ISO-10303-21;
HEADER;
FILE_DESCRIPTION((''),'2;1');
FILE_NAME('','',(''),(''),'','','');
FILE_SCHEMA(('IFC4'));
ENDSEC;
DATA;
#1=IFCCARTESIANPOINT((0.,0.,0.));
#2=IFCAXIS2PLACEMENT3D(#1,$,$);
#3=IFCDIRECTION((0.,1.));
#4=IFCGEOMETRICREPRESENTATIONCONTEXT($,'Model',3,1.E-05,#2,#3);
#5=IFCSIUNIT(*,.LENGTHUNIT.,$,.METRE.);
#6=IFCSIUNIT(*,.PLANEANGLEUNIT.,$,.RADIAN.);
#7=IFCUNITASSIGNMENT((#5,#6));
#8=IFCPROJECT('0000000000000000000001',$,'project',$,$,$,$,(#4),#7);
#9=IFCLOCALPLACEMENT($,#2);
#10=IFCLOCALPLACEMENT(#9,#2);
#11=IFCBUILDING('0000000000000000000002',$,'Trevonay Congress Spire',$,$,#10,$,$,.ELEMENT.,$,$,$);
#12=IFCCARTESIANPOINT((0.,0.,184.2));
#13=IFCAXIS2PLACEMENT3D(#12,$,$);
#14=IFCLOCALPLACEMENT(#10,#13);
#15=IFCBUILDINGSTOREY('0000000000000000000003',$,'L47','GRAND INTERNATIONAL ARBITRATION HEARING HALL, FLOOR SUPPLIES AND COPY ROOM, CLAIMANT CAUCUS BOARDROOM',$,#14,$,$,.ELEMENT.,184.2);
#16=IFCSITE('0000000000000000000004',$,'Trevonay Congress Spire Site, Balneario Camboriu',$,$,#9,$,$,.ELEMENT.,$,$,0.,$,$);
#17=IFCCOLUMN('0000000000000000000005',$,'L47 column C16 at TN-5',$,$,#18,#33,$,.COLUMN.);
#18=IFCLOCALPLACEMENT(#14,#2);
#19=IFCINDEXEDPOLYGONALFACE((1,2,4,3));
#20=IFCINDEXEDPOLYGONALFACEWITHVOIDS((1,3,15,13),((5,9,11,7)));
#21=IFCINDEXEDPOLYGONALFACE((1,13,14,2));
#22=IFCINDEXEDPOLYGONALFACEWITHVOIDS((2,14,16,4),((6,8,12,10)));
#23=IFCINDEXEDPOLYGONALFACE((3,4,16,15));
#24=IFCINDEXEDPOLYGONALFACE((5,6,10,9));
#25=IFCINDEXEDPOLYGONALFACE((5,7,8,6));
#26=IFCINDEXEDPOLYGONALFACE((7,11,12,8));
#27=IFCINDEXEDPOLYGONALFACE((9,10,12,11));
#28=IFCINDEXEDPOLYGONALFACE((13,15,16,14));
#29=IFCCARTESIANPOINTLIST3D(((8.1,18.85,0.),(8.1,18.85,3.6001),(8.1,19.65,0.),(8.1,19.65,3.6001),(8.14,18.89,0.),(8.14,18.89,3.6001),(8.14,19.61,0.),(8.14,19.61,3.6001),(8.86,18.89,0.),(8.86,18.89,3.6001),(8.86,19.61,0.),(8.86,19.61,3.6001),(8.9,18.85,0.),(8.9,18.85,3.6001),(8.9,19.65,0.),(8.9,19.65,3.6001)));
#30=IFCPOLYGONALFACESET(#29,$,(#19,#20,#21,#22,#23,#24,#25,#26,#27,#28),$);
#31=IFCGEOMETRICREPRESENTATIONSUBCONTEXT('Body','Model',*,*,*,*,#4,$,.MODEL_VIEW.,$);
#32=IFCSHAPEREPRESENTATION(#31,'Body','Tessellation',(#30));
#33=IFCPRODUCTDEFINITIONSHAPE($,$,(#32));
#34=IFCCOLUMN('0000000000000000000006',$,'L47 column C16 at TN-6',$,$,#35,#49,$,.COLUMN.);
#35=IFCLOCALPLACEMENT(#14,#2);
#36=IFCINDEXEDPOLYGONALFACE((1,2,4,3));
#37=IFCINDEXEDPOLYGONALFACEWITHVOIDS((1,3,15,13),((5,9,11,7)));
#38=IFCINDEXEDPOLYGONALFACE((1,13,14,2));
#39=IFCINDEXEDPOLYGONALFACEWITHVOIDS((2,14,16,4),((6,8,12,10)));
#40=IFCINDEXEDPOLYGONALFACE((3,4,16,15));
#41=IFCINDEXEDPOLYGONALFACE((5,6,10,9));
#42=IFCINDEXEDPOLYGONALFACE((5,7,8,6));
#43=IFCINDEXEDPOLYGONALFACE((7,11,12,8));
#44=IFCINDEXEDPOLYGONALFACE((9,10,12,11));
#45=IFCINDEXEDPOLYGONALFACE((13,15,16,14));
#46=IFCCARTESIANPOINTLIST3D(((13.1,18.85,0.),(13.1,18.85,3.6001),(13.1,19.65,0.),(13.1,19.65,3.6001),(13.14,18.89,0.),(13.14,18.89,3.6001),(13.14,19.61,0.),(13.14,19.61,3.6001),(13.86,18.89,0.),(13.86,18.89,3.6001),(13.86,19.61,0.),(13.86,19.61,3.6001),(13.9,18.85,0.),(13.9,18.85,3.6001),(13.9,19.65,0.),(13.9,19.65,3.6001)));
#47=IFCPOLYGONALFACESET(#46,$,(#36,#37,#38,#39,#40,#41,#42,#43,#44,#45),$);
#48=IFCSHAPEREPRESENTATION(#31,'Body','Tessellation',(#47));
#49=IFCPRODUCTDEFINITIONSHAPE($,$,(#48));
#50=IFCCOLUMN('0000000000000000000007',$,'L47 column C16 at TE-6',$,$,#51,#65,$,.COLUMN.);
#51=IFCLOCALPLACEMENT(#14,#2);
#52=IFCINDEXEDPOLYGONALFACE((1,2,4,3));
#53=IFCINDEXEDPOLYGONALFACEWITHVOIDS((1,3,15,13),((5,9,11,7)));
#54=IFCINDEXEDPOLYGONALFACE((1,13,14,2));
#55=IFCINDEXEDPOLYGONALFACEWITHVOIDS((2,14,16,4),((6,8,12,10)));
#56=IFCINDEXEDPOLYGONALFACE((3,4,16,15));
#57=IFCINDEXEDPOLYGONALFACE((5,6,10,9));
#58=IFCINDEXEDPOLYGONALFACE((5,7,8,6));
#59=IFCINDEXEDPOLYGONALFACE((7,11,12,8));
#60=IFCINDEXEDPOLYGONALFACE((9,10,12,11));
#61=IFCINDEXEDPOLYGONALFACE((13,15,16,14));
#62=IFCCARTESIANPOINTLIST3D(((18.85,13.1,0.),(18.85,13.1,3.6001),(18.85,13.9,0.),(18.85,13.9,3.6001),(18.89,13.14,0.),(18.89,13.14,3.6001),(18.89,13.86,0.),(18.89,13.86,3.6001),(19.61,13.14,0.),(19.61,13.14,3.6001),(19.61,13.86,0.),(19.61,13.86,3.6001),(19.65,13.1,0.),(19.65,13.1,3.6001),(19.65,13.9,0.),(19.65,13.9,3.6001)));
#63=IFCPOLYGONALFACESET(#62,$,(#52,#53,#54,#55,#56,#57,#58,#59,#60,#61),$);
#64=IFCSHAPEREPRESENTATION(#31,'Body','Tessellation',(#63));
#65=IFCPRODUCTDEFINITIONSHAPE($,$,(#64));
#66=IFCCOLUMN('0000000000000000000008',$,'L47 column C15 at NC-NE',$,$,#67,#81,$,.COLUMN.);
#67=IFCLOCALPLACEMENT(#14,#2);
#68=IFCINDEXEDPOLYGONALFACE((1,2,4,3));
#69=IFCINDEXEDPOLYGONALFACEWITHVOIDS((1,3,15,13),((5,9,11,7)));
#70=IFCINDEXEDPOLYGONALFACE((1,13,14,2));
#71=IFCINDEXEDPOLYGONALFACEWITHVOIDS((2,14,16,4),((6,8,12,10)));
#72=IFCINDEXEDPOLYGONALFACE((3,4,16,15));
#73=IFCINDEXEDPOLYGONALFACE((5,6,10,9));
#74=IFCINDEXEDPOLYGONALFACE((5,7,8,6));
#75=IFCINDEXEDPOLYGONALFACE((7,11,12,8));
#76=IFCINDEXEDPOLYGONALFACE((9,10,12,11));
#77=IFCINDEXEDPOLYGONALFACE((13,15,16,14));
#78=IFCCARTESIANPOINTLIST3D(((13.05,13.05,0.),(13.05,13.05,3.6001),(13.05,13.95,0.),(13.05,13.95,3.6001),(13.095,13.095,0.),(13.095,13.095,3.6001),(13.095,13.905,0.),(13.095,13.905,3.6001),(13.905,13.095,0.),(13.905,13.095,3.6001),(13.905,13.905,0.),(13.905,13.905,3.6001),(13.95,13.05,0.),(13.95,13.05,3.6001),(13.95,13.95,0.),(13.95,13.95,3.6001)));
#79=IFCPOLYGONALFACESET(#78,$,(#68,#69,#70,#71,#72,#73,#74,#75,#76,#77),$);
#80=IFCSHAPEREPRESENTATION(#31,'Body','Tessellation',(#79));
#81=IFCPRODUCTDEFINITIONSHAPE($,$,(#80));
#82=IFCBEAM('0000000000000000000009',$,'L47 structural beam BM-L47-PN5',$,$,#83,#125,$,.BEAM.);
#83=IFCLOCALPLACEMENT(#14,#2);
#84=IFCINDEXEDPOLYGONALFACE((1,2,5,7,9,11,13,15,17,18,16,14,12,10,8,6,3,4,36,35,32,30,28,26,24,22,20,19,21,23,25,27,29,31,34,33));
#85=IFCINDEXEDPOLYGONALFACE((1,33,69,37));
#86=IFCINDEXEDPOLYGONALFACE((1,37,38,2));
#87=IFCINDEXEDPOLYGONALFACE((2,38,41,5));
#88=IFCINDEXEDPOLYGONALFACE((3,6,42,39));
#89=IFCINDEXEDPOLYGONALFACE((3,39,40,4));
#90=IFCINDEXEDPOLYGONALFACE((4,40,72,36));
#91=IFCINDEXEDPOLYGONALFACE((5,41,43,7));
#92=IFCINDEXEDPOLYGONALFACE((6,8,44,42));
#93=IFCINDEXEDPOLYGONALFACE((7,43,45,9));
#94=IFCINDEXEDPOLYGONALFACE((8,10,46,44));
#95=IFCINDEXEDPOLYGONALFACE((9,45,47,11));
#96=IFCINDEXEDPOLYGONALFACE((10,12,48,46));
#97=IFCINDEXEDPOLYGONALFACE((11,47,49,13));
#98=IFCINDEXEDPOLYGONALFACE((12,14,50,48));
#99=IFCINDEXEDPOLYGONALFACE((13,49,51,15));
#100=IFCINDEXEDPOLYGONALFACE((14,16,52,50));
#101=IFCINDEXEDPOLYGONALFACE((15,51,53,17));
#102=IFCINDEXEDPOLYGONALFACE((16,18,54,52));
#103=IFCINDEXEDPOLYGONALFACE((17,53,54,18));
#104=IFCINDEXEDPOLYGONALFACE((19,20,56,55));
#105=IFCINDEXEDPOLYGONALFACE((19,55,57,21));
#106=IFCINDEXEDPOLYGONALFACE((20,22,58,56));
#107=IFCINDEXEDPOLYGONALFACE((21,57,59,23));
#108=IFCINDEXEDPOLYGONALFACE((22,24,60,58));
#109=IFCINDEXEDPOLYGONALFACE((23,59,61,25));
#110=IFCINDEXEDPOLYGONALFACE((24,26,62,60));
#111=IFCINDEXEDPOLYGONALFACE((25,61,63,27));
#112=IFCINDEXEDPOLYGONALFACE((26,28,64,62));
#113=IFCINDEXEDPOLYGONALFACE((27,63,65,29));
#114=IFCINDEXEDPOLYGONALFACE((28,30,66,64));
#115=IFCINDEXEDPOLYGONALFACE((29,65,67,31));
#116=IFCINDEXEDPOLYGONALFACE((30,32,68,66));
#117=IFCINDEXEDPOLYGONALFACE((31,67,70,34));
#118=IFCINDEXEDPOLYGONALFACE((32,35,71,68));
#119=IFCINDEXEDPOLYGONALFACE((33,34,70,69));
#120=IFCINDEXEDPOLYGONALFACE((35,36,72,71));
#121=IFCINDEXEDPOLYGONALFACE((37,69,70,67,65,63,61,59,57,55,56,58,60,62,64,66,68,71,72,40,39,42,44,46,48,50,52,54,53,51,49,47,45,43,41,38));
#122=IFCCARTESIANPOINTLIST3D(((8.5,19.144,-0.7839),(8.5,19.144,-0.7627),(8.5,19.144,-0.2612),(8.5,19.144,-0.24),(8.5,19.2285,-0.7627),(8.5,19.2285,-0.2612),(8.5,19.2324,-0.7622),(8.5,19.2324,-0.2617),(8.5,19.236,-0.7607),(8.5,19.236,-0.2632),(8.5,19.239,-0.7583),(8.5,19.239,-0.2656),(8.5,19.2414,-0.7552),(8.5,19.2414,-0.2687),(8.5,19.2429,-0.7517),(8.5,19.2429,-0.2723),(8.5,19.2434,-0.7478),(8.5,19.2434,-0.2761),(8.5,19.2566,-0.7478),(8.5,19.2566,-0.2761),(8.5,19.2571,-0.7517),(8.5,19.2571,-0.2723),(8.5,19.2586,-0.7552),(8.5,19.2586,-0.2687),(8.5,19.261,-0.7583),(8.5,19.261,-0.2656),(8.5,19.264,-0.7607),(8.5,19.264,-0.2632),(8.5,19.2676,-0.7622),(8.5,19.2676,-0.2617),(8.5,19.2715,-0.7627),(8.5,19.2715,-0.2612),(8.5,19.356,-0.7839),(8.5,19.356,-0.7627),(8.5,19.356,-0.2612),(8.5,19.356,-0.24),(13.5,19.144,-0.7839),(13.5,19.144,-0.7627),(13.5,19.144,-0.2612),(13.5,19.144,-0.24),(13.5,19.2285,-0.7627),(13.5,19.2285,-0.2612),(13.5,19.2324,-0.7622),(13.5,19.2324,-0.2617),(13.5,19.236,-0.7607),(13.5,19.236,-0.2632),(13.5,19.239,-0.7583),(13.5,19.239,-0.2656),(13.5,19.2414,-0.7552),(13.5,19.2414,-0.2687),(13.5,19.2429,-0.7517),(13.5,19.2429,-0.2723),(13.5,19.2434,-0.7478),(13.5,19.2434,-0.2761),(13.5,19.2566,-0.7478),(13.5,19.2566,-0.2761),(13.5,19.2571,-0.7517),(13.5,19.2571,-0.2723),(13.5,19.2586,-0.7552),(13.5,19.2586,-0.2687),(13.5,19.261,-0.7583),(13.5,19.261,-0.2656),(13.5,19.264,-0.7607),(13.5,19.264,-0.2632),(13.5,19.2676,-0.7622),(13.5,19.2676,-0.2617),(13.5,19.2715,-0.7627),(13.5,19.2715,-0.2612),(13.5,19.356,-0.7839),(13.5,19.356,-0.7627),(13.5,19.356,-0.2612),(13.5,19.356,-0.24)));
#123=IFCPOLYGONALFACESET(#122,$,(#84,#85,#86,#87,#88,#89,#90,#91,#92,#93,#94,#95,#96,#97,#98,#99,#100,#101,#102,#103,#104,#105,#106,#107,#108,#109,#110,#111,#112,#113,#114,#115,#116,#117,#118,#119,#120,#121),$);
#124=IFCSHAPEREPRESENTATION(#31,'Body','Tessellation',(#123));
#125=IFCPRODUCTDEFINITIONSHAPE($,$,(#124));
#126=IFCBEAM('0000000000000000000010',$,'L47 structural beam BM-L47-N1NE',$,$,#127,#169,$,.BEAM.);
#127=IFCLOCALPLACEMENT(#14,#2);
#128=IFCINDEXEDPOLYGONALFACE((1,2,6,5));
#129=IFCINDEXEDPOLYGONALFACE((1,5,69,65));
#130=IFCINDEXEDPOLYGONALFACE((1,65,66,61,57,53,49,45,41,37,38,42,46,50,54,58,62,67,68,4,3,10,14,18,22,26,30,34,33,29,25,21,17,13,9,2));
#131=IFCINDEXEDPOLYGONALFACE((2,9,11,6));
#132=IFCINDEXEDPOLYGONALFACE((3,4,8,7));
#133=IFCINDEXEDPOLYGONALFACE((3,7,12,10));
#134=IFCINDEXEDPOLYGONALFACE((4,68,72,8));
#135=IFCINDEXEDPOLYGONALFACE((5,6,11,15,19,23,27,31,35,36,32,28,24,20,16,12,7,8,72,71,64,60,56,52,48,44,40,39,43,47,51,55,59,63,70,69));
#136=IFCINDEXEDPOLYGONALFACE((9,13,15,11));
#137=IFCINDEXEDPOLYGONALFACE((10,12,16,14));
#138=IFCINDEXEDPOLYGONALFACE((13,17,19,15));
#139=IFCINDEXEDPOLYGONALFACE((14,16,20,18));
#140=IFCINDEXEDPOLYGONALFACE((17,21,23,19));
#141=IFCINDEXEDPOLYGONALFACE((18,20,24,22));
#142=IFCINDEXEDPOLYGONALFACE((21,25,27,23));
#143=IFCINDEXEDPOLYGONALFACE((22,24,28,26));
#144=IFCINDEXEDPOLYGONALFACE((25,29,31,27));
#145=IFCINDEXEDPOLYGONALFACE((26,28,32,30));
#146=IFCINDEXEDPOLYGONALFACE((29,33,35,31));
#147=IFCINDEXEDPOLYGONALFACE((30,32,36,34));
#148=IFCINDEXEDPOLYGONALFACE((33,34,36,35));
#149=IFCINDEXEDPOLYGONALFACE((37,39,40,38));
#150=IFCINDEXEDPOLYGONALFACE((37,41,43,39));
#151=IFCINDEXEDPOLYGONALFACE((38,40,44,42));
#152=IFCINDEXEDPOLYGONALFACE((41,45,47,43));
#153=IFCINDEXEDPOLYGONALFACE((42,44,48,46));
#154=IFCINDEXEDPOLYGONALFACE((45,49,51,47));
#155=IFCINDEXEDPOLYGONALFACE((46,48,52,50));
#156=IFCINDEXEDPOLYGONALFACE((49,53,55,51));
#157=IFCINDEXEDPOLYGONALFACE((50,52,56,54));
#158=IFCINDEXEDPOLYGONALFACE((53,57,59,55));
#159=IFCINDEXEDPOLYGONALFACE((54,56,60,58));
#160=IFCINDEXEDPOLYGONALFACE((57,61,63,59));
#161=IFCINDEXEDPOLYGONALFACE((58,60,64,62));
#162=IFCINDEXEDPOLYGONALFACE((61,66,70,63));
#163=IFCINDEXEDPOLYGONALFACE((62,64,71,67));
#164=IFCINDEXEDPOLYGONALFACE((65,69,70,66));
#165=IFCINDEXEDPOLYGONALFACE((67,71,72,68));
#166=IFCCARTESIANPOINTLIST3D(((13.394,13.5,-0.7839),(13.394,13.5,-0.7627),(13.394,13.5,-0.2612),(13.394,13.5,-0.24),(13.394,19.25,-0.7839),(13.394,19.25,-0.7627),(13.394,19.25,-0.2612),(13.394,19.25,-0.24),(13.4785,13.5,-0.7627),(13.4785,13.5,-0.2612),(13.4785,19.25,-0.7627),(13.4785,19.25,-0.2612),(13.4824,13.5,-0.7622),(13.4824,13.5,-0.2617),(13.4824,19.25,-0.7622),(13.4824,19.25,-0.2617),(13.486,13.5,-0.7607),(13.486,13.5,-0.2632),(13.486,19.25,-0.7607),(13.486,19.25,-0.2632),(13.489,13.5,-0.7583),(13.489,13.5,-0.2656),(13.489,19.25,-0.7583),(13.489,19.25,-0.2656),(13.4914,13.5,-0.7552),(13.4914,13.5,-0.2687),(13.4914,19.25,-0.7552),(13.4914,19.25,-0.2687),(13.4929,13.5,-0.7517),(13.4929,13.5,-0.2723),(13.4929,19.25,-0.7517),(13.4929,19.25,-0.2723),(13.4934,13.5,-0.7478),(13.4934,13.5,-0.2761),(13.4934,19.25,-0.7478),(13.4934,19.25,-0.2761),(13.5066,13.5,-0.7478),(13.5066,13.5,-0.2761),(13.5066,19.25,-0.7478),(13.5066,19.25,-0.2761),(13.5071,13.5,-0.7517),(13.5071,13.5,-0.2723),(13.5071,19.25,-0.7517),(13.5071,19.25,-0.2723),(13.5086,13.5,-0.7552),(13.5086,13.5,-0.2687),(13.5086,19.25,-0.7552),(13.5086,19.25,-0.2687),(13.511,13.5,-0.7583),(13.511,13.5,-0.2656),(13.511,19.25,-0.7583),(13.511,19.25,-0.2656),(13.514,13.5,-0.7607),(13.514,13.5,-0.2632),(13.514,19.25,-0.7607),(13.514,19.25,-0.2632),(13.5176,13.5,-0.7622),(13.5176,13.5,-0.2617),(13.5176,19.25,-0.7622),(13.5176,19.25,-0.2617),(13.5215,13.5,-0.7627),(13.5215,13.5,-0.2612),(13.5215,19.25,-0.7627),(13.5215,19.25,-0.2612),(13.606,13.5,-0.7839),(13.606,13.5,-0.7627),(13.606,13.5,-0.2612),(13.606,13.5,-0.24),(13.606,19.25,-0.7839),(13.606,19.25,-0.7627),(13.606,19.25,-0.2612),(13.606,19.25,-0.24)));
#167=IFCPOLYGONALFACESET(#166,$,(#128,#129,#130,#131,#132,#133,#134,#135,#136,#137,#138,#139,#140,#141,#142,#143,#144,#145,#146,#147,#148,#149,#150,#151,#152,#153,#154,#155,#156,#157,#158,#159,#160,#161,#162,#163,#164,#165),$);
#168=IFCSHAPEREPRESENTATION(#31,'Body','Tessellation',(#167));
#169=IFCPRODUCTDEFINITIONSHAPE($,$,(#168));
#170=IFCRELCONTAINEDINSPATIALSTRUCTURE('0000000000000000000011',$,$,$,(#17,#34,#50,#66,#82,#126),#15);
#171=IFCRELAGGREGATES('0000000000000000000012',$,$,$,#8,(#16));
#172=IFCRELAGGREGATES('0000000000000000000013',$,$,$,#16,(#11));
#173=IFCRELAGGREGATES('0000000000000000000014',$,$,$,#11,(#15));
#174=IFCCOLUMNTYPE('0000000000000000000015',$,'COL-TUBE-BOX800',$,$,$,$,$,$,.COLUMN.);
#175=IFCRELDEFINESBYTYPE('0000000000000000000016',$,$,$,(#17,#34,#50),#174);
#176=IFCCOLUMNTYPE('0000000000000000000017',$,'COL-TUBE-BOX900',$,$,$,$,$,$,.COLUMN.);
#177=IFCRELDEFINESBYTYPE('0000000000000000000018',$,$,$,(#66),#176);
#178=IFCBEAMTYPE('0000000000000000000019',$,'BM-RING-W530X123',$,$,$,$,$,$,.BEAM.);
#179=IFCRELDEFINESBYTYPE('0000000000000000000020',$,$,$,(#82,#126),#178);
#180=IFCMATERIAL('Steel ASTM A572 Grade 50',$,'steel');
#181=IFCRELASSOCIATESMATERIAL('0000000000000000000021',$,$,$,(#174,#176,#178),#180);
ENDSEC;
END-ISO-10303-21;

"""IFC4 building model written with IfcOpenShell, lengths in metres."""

from ifc_helpers import new_model, si_unit, direction, frame, origin, origin_2d, place, context, subcontext, project, spatial, hollow_rectangle, i_section, extrude, material, material_profile, profile_set, type_object, element, save


model = new_model("IFC4")

# Units and contexts
model_context = context("Model", 3, precision=1e-05, world=origin(), true_north=direction((0.0, 1.0)))
body_context = subcontext(model_context, "Body", "Model", "MODEL_VIEW")
ifc_project = project(units=[si_unit("LENGTHUNIT", "METRE"), si_unit("PLANEANGLEUNIT", "RADIAN")], contexts=[model_context])

# Site, building, storey
site_placement = place(None, origin())
site = spatial("IfcSite", under=ifc_project, at=site_placement, Name="Trevonay Congress Spire Site, Balneario Camboriu", CompositionType="ELEMENT", RefElevation=0.0)
building_placement = place(site_placement, origin())
building = spatial("IfcBuilding", under=site, at=building_placement, Name="Trevonay Congress Spire", CompositionType="ELEMENT")
storey_placement = place(building_placement, frame((0.0, 0.0, 184.2)))
storey = spatial("IfcBuildingStorey", under=building, at=storey_placement, Name="L47", Description="GRAND INTERNATIONAL ARBITRATION HEARING HALL, FLOOR SUPPLIES AND COPY ROOM, CLAIMANT CAUCUS BOARDROOM", CompositionType="ELEMENT", Elevation=184.2)

# Columns
ifc_material_1 = material(Name="Steel ASTM A572 Grade 50", Category="steel")
ifc_material_profile_1 = material_profile(ifc_material_1, hollow_rectangle(XDim=0.8, YDim=0.8, WallThickness=0.04, at=origin_2d()), Name="BOX 800x800x40")
ifc_profile_set_1 = profile_set([ifc_material_profile_1], Name="Steel ASTM A572 Grade 50")
column_type_1 = type_object("IfcColumnType", Name="COL-TUBE-BOX800", PredefinedType="COLUMN", material=ifc_profile_set_1)
for number, where, z_axis, x_axis, name in (
    (1, (8.5, 19.25, 0.0), (0.0, 0.0, 1.0), (1.0, 0.0, 0.0), "L47 column C16 at TN-5"),
    (2, (13.5, 19.25, 0.0), (0.0, 0.0, 1.0), (1.0, 0.0, 0.0), "L47 column C16 at TN-6"),
    (3, (19.25, 13.5, 0.0), (0.0, 0.0, 1.0), (1.0, 0.0, 0.0), "L47 column C16 at TE-6"),
):
    element("IfcColumn", number, at=place(storey_placement, frame(where, z_axis=z_axis, x_axis=x_axis)), inside=storey, type_object=column_type_1, Name=name, PredefinedType="COLUMN", context=body_context, shape_type="SweptSolid", body=[
        extrude(hollow_rectangle(XDim=0.8, YDim=0.8, WallThickness=0.04, at=origin_2d()), origin(), (0.0, 0.0, 1.0), 3.6001),
    ])
ifc_material_profile_2 = material_profile(ifc_material_1, hollow_rectangle(XDim=0.8999, YDim=0.8999, WallThickness=0.0449, at=origin_2d()), Name="BOX 900x900x45")
ifc_profile_set_2 = profile_set([ifc_material_profile_2], Name="Steel ASTM A572 Grade 50")
column_type_2 = type_object("IfcColumnType", Name="COL-TUBE-BOX900", PredefinedType="COLUMN", material=ifc_profile_set_2)
column_placement = place(storey_placement, frame((13.5, 13.5, 0.0), z_axis=(0.0, 0.0, 1.0), x_axis=(1.0, 0.0, 0.0)))
element("IfcColumn", 4, at=column_placement, inside=storey, type_object=column_type_2, Name="L47 column C15 at NC-NE", PredefinedType="COLUMN", context=body_context, shape_type="SweptSolid", body=[
    extrude(hollow_rectangle(XDim=0.8999, YDim=0.8999, WallThickness=0.0449, at=origin_2d()), origin(), (0.0, 0.0, 1.0), 3.6001),
])

# Beams
ifc_material_profile_3 = material_profile(ifc_material_1, i_section(OverallWidth=0.2119, OverallDepth=0.5439, WebThickness=0.0132, FlangeThickness=0.0212, FilletRadius=0.0149, at=origin_2d()), Name="W530x123")
ifc_profile_set_3 = profile_set([ifc_material_profile_3], Name="Steel ASTM A572 Grade 50")
beam_type = type_object("IfcBeamType", Name="BM-RING-W530X123", PredefinedType="BEAM", material=ifc_profile_set_3)
beam_placement = place(storey_placement, frame((8.5, 19.25, -0.512), z_axis=(1.0, 0.0, 0.0), x_axis=(0.0, 1.0, 0.0)))
element("IfcBeam", 5, at=beam_placement, inside=storey, type_object=beam_type, Name="L47 structural beam BM-L47-PN5", PredefinedType="BEAM", context=body_context, shape_type="SweptSolid", body=[
    extrude(i_section(OverallWidth=0.2119, OverallDepth=0.5439, WebThickness=0.0132, FlangeThickness=0.0212, FilletRadius=0.0149, at=origin_2d()), origin(), (0.0, 0.0, 1.0), 5.0),
])
for number, where, z_axis, x_axis, name in (
    (6, (13.5, 19.25, -0.512), (0.0, -1.0, 0.0), (1.0, 0.0, 0.0), "L47 structural beam BM-L47-N1NE"),
):
    element("IfcBeam", number, at=place(storey_placement, frame(where, z_axis=z_axis, x_axis=x_axis)), inside=storey, type_object=beam_type, Name=name, PredefinedType="BEAM", context=body_context, shape_type="SweptSolid", body=[
        extrude(i_section(OverallWidth=0.2119, OverallDepth=0.5439, WebThickness=0.0132, FlangeThickness=0.0212, FilletRadius=0.0149, at=origin_2d()), origin(), (0.0, 0.0, 1.0), 5.75),
    ])

save(model, "model.ifc")
